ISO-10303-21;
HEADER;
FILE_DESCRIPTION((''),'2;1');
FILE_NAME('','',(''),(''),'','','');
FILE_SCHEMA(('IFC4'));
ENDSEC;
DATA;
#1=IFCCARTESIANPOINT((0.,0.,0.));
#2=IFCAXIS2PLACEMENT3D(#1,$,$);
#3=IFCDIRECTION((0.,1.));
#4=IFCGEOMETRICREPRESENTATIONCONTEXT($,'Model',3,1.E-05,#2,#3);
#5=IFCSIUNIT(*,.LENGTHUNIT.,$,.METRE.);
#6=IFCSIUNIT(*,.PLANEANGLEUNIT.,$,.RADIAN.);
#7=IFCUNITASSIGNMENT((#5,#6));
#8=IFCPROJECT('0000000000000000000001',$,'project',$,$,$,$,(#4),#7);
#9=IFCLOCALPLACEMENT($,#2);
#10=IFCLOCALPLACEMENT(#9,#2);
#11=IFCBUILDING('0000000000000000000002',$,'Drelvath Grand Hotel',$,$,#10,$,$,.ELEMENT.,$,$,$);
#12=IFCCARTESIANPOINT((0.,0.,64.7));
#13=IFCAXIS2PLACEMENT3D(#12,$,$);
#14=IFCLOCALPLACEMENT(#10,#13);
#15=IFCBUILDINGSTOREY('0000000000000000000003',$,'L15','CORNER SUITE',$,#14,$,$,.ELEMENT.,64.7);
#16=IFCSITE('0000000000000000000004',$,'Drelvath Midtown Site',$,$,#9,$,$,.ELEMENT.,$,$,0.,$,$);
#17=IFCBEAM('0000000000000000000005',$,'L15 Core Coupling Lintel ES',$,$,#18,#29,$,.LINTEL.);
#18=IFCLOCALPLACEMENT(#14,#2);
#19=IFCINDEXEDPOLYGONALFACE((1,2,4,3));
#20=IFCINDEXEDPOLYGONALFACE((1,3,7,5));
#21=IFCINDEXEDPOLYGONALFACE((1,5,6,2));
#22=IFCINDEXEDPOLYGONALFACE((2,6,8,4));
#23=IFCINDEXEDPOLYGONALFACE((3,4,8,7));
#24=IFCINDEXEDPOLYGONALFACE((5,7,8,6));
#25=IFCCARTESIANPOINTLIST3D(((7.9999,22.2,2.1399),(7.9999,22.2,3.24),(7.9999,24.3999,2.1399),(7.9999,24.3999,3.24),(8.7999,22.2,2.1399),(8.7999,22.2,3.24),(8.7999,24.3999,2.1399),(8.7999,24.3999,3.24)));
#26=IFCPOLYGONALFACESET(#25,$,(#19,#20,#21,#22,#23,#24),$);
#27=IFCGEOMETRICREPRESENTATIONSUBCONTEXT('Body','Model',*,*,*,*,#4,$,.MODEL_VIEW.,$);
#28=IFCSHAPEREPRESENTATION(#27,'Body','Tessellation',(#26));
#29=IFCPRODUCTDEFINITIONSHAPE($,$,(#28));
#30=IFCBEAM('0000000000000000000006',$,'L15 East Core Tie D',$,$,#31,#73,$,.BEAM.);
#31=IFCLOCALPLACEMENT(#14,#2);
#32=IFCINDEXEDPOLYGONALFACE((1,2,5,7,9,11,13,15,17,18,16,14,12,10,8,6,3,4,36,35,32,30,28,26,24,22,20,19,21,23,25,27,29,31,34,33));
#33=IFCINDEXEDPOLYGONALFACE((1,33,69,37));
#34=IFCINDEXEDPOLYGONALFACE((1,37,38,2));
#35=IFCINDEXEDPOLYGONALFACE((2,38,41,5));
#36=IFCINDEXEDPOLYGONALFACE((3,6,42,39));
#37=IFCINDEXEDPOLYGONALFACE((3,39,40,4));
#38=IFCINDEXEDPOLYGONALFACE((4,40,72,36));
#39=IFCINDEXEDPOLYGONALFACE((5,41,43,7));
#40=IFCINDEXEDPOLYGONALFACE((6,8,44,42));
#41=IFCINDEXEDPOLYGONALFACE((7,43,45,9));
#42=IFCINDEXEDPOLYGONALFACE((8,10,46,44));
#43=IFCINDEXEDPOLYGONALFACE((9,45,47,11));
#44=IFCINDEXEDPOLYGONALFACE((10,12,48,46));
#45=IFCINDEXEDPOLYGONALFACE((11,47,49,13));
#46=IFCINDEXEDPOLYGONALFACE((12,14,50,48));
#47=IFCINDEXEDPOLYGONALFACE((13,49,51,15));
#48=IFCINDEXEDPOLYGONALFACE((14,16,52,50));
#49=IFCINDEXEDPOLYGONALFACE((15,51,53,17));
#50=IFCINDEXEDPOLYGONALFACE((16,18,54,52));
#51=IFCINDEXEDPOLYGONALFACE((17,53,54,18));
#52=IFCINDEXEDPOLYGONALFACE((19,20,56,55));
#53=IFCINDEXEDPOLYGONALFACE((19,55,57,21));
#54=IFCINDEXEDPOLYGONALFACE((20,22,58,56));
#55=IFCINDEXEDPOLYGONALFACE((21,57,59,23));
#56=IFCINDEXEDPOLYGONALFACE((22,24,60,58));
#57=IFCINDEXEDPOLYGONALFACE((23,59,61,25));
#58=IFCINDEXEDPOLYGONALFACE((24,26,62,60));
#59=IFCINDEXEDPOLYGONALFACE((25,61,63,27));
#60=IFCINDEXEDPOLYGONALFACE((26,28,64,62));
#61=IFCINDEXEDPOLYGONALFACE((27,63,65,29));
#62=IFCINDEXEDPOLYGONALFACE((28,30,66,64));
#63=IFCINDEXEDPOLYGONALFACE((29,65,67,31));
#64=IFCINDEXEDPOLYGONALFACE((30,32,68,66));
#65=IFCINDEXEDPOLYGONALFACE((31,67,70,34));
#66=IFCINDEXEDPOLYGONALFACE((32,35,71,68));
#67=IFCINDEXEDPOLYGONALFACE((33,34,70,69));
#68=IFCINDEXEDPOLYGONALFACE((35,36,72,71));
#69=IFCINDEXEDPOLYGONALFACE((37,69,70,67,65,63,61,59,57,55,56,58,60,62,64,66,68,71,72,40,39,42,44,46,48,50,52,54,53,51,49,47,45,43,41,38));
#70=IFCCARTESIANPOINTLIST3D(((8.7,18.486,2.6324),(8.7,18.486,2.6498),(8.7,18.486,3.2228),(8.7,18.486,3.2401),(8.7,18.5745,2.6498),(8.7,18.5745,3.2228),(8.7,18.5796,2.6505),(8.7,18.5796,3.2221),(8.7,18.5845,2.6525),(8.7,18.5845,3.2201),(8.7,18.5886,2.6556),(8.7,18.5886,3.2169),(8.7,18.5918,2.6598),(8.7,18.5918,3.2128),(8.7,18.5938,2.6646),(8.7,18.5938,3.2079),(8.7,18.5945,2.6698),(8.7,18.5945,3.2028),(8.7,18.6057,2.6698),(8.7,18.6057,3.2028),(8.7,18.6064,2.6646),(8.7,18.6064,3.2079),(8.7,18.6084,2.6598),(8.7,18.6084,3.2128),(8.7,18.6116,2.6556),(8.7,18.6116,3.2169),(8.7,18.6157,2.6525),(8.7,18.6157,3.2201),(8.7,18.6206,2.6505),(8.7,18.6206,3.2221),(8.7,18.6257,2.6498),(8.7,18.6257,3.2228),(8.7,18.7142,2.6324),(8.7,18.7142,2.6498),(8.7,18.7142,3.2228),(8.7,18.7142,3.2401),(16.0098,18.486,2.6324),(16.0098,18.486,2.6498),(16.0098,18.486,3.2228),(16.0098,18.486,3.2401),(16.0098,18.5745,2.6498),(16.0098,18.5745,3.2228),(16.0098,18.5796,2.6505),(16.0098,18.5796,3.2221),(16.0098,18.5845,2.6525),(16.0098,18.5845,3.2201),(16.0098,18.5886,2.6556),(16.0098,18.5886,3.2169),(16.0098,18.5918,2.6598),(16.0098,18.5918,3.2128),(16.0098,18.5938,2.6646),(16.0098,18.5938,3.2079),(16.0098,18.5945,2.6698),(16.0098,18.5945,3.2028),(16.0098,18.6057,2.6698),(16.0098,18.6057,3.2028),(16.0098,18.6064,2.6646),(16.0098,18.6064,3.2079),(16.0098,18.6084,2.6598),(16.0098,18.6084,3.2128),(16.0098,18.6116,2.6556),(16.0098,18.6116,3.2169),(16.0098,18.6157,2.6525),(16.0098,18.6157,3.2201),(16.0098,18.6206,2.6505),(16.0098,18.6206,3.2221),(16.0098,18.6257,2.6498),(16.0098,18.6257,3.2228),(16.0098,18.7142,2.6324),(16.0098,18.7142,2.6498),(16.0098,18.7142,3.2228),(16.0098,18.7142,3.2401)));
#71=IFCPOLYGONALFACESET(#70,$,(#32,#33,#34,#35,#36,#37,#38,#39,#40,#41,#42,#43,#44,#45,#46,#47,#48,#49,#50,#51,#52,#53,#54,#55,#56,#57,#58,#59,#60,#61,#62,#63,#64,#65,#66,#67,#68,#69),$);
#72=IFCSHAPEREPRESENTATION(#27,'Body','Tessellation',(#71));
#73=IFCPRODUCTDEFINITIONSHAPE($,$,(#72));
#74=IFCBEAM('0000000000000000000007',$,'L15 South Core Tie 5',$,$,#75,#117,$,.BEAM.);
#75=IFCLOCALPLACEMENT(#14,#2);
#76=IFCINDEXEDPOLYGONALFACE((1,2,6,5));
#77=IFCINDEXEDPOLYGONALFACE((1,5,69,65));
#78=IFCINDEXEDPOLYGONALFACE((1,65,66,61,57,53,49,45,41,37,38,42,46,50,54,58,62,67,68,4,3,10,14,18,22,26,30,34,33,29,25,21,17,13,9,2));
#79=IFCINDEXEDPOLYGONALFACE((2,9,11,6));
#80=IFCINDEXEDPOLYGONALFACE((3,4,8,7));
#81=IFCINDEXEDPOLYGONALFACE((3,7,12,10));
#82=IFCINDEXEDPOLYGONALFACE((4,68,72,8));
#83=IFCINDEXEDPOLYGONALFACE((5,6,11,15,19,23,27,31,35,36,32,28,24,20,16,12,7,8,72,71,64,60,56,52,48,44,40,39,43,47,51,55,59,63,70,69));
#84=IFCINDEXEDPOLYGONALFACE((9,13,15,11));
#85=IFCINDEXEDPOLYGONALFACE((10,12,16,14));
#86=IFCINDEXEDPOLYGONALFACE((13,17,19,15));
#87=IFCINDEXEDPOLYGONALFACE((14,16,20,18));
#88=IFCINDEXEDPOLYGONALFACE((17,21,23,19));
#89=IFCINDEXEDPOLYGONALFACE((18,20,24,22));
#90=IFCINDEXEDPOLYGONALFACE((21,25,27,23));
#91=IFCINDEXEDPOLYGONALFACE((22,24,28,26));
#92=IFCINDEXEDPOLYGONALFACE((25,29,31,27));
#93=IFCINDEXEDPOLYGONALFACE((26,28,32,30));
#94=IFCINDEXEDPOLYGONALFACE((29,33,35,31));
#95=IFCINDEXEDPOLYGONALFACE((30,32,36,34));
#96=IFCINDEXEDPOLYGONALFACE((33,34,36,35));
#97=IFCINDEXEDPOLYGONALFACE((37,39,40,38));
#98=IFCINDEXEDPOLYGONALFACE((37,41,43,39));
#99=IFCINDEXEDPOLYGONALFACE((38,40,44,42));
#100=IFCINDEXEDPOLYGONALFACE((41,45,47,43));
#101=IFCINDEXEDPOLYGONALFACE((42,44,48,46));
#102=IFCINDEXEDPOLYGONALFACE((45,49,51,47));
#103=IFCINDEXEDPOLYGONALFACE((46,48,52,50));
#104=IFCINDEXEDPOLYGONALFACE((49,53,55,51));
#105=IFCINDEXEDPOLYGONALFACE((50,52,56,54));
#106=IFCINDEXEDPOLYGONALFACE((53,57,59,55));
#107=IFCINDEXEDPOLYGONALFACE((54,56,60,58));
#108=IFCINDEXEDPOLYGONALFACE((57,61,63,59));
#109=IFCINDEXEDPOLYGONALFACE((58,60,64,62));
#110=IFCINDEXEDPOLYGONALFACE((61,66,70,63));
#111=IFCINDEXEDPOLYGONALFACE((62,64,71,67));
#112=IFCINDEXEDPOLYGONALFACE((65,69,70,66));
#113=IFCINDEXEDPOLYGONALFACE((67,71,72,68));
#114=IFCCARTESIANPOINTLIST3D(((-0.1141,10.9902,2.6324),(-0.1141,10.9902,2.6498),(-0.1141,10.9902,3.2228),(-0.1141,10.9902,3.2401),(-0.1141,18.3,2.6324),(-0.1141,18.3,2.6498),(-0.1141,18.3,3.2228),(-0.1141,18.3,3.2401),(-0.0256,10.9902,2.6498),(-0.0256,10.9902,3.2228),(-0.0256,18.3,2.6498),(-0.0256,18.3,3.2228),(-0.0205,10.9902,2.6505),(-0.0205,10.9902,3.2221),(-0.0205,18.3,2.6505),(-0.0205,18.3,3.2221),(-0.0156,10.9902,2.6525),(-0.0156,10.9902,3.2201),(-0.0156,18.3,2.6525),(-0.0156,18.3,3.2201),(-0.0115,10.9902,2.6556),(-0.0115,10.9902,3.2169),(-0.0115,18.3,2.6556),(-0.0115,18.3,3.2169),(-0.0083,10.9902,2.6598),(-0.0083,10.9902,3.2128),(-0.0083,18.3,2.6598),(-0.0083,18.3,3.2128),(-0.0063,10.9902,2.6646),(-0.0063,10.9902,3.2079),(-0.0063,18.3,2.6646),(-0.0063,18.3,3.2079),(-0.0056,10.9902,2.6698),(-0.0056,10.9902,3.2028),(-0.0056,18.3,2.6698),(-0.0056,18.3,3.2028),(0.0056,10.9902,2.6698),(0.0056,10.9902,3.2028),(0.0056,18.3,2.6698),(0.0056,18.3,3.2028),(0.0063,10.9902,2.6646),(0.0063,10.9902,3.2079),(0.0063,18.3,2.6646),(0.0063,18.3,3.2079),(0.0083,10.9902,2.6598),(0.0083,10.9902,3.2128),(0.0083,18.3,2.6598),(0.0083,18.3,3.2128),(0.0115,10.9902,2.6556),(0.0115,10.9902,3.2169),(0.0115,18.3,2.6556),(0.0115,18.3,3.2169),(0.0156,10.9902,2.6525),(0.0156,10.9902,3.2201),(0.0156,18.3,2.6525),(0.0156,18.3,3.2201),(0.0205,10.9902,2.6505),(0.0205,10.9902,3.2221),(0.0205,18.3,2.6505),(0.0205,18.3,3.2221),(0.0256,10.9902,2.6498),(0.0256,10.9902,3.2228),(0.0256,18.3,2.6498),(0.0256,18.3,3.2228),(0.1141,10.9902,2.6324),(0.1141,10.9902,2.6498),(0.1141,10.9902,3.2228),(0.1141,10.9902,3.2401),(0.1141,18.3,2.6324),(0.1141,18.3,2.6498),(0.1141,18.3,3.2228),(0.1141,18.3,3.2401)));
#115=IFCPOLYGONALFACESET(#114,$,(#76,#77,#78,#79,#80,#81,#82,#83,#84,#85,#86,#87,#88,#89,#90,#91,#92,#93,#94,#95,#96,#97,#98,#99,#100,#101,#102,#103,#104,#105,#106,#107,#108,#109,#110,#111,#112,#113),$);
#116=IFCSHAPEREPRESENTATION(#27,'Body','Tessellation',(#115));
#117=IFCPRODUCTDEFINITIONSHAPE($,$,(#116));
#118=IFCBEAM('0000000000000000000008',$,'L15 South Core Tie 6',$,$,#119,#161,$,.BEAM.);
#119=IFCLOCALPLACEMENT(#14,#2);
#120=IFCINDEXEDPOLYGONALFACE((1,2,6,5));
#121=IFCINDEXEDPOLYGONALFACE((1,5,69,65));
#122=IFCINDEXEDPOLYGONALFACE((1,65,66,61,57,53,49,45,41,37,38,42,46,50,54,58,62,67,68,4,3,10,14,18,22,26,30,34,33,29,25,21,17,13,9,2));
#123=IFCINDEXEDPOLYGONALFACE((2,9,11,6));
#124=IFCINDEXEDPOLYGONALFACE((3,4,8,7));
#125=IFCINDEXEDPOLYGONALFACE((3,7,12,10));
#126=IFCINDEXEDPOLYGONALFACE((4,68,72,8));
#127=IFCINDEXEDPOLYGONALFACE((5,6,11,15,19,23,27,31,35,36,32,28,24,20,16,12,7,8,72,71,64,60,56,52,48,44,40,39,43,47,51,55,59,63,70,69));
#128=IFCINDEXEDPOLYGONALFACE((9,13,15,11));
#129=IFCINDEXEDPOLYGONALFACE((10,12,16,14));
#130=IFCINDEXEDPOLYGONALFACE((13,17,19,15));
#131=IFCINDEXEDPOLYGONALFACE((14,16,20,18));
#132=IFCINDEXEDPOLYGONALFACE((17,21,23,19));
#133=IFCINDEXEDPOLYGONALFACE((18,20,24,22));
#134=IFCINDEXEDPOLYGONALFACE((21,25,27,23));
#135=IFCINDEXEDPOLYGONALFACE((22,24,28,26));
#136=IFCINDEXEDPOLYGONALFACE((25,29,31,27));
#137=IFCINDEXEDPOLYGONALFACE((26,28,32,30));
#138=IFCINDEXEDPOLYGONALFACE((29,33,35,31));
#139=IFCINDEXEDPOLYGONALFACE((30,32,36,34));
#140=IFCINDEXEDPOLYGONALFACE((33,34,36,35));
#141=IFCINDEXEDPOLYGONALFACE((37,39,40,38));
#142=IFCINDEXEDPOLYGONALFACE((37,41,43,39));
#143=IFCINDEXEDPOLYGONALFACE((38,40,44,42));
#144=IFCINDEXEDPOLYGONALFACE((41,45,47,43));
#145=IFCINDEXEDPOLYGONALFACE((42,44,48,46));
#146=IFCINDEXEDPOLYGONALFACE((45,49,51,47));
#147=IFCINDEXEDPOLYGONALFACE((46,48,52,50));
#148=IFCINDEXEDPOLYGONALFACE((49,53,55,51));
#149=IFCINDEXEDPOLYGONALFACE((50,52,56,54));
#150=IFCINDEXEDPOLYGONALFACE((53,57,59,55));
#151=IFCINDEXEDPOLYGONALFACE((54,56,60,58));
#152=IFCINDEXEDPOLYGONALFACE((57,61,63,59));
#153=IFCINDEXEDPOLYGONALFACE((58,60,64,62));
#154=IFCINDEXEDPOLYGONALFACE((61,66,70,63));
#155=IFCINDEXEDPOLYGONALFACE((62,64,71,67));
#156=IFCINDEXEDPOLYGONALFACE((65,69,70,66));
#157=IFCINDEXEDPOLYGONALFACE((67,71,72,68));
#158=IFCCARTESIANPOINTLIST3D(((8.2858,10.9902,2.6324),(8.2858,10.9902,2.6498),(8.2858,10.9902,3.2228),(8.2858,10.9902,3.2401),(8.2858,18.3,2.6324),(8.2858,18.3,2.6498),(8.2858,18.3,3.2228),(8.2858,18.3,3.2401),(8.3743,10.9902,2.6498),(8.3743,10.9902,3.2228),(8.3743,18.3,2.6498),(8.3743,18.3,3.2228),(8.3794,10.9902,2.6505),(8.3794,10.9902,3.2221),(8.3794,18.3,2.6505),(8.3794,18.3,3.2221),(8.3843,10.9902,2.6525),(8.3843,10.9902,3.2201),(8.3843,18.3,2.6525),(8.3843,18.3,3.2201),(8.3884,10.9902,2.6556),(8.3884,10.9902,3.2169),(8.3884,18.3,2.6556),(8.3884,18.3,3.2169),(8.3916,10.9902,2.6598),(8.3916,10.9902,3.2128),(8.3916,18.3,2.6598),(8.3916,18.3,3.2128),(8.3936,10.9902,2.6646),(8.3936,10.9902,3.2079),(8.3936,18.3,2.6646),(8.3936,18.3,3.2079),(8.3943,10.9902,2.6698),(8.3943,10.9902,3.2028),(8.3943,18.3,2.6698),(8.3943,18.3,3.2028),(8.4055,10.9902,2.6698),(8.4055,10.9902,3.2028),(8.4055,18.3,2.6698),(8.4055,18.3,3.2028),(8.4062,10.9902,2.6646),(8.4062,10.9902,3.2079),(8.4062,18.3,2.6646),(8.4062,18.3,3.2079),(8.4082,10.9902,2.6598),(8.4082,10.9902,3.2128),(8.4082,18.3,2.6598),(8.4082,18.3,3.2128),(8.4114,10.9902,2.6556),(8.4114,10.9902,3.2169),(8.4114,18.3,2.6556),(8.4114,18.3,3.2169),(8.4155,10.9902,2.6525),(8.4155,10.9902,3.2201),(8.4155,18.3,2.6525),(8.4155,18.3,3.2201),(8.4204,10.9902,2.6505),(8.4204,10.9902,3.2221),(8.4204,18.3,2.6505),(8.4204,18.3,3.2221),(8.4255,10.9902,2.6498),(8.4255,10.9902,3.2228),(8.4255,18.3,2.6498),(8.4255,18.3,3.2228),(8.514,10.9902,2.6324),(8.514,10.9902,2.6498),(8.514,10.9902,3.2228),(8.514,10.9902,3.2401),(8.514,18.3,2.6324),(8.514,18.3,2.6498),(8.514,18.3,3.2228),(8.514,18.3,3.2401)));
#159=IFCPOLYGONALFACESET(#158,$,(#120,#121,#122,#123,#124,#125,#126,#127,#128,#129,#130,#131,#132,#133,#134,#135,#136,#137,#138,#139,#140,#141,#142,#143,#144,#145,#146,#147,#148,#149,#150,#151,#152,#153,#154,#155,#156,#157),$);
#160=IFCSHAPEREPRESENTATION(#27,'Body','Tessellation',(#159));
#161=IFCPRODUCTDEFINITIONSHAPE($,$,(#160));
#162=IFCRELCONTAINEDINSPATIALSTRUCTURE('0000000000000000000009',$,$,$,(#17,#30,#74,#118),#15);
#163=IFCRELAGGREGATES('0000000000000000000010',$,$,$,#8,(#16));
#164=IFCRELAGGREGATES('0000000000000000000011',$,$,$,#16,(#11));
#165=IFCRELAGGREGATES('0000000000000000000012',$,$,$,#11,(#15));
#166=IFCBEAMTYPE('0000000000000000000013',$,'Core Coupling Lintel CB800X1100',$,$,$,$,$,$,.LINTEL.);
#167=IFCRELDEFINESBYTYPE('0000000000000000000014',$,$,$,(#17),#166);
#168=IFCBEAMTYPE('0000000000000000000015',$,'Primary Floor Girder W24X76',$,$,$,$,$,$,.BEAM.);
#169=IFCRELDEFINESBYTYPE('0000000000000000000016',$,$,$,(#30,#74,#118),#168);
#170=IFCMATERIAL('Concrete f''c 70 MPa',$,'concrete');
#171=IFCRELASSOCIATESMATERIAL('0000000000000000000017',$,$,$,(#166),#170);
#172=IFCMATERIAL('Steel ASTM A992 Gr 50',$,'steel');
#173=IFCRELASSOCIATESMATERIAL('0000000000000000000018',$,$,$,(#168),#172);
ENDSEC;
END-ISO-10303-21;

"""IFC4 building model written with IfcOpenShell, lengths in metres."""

from ifc_helpers import new_model, si_unit, direction, frame, origin, origin_2d, place, context, subcontext, project, spatial, rectangle, i_section, extrude, material, material_profile, profile_set, type_object, element, save


model = new_model("IFC4")

# Units and contexts
model_context = context("Model", 3, precision=1e-05, world=origin(), true_north=direction((0.0, 1.0)))
body_context = subcontext(model_context, "Body", "Model", "MODEL_VIEW")
ifc_project = project(units=[si_unit("LENGTHUNIT", "METRE"), si_unit("PLANEANGLEUNIT", "RADIAN")], contexts=[model_context])

# Site, building, storey
site_placement = place(None, origin())
site = spatial("IfcSite", under=ifc_project, at=site_placement, Name="Drelvath Midtown Site", CompositionType="ELEMENT", RefElevation=0.0)
building_placement = place(site_placement, origin())
building = spatial("IfcBuilding", under=site, at=building_placement, Name="Drelvath Grand Hotel", CompositionType="ELEMENT")
storey_placement = place(building_placement, frame((0.0, 0.0, 64.7)))
storey = spatial("IfcBuildingStorey", under=building, at=storey_placement, Name="L15", Description="CORNER SUITE", CompositionType="ELEMENT", Elevation=64.7)

# Beams
ifc_material_1 = material(Name="Concrete f'c 70 MPa", Category="concrete")
ifc_material_profile_1 = material_profile(ifc_material_1, rectangle(XDim=0.8, YDim=1.1001, at=origin_2d()), Name="CB800X1100")
ifc_profile_set_1 = profile_set([ifc_material_profile_1], Name="Concrete f'c 70 MPa")
beam_type_1 = type_object("IfcBeamType", Name="Core Coupling Lintel CB800X1100", PredefinedType="LINTEL", material=ifc_profile_set_1)
beam_1_placement = place(storey_placement, frame((8.3999, 22.2, 2.6899), z_axis=(0.0, 1.0, 0.0), x_axis=(-1.0, 0.0, 0.0)))
element("IfcBeam", 1, at=beam_1_placement, inside=storey, type_object=beam_type_1, Name="L15 Core Coupling Lintel ES", PredefinedType="LINTEL", context=body_context, shape_type="SweptSolid", body=[
    extrude(rectangle(XDim=0.8, YDim=1.1001, at=origin_2d()), origin(), (0.0, 0.0, 1.0), 2.2),
])
ifc_material_2 = material(Name="Steel ASTM A992 Gr 50", Category="steel")
ifc_material_profile_2 = material_profile(ifc_material_2, i_section(OverallWidth=0.2283, OverallDepth=0.6077, WebThickness=0.0112, FlangeThickness=0.0173, FilletRadius=0.02, at=origin_2d()), Name="W24X76")
ifc_profile_set_2 = profile_set([ifc_material_profile_2], Name="Steel ASTM A992 Gr 50")
beam_type_2 = type_object("IfcBeamType", Name="Primary Floor Girder W24X76", PredefinedType="BEAM", material=ifc_profile_set_2)
for number, where, z_axis, x_axis, name in (
    (2, (8.7, 18.6001, 2.9363), (1.0, 0.0, 0.0), (0.0, 1.0, 0.0), "L15 East Core Tie D"),
    (3, (0.0, 10.9902, 2.9363), (0.0, 1.0, 0.0), (-1.0, 0.0, 0.0), "L15 South Core Tie 5"),
    (4, (8.3999, 10.9902, 2.9363), (0.0, 1.0, 0.0), (-1.0, 0.0, 0.0), "L15 South Core Tie 6"),
):
    element("IfcBeam", number, at=place(storey_placement, frame(where, z_axis=z_axis, x_axis=x_axis)), inside=storey, type_object=beam_type_2, Name=name, PredefinedType="BEAM", context=body_context, shape_type="SweptSolid", body=[
        extrude(i_section(OverallWidth=0.2283, OverallDepth=0.6077, WebThickness=0.0112, FlangeThickness=0.0173, FilletRadius=0.02, at=origin_2d()), origin(), (0.0, 0.0, 1.0), 7.3098),
    ])

save(model, "model.ifc")
